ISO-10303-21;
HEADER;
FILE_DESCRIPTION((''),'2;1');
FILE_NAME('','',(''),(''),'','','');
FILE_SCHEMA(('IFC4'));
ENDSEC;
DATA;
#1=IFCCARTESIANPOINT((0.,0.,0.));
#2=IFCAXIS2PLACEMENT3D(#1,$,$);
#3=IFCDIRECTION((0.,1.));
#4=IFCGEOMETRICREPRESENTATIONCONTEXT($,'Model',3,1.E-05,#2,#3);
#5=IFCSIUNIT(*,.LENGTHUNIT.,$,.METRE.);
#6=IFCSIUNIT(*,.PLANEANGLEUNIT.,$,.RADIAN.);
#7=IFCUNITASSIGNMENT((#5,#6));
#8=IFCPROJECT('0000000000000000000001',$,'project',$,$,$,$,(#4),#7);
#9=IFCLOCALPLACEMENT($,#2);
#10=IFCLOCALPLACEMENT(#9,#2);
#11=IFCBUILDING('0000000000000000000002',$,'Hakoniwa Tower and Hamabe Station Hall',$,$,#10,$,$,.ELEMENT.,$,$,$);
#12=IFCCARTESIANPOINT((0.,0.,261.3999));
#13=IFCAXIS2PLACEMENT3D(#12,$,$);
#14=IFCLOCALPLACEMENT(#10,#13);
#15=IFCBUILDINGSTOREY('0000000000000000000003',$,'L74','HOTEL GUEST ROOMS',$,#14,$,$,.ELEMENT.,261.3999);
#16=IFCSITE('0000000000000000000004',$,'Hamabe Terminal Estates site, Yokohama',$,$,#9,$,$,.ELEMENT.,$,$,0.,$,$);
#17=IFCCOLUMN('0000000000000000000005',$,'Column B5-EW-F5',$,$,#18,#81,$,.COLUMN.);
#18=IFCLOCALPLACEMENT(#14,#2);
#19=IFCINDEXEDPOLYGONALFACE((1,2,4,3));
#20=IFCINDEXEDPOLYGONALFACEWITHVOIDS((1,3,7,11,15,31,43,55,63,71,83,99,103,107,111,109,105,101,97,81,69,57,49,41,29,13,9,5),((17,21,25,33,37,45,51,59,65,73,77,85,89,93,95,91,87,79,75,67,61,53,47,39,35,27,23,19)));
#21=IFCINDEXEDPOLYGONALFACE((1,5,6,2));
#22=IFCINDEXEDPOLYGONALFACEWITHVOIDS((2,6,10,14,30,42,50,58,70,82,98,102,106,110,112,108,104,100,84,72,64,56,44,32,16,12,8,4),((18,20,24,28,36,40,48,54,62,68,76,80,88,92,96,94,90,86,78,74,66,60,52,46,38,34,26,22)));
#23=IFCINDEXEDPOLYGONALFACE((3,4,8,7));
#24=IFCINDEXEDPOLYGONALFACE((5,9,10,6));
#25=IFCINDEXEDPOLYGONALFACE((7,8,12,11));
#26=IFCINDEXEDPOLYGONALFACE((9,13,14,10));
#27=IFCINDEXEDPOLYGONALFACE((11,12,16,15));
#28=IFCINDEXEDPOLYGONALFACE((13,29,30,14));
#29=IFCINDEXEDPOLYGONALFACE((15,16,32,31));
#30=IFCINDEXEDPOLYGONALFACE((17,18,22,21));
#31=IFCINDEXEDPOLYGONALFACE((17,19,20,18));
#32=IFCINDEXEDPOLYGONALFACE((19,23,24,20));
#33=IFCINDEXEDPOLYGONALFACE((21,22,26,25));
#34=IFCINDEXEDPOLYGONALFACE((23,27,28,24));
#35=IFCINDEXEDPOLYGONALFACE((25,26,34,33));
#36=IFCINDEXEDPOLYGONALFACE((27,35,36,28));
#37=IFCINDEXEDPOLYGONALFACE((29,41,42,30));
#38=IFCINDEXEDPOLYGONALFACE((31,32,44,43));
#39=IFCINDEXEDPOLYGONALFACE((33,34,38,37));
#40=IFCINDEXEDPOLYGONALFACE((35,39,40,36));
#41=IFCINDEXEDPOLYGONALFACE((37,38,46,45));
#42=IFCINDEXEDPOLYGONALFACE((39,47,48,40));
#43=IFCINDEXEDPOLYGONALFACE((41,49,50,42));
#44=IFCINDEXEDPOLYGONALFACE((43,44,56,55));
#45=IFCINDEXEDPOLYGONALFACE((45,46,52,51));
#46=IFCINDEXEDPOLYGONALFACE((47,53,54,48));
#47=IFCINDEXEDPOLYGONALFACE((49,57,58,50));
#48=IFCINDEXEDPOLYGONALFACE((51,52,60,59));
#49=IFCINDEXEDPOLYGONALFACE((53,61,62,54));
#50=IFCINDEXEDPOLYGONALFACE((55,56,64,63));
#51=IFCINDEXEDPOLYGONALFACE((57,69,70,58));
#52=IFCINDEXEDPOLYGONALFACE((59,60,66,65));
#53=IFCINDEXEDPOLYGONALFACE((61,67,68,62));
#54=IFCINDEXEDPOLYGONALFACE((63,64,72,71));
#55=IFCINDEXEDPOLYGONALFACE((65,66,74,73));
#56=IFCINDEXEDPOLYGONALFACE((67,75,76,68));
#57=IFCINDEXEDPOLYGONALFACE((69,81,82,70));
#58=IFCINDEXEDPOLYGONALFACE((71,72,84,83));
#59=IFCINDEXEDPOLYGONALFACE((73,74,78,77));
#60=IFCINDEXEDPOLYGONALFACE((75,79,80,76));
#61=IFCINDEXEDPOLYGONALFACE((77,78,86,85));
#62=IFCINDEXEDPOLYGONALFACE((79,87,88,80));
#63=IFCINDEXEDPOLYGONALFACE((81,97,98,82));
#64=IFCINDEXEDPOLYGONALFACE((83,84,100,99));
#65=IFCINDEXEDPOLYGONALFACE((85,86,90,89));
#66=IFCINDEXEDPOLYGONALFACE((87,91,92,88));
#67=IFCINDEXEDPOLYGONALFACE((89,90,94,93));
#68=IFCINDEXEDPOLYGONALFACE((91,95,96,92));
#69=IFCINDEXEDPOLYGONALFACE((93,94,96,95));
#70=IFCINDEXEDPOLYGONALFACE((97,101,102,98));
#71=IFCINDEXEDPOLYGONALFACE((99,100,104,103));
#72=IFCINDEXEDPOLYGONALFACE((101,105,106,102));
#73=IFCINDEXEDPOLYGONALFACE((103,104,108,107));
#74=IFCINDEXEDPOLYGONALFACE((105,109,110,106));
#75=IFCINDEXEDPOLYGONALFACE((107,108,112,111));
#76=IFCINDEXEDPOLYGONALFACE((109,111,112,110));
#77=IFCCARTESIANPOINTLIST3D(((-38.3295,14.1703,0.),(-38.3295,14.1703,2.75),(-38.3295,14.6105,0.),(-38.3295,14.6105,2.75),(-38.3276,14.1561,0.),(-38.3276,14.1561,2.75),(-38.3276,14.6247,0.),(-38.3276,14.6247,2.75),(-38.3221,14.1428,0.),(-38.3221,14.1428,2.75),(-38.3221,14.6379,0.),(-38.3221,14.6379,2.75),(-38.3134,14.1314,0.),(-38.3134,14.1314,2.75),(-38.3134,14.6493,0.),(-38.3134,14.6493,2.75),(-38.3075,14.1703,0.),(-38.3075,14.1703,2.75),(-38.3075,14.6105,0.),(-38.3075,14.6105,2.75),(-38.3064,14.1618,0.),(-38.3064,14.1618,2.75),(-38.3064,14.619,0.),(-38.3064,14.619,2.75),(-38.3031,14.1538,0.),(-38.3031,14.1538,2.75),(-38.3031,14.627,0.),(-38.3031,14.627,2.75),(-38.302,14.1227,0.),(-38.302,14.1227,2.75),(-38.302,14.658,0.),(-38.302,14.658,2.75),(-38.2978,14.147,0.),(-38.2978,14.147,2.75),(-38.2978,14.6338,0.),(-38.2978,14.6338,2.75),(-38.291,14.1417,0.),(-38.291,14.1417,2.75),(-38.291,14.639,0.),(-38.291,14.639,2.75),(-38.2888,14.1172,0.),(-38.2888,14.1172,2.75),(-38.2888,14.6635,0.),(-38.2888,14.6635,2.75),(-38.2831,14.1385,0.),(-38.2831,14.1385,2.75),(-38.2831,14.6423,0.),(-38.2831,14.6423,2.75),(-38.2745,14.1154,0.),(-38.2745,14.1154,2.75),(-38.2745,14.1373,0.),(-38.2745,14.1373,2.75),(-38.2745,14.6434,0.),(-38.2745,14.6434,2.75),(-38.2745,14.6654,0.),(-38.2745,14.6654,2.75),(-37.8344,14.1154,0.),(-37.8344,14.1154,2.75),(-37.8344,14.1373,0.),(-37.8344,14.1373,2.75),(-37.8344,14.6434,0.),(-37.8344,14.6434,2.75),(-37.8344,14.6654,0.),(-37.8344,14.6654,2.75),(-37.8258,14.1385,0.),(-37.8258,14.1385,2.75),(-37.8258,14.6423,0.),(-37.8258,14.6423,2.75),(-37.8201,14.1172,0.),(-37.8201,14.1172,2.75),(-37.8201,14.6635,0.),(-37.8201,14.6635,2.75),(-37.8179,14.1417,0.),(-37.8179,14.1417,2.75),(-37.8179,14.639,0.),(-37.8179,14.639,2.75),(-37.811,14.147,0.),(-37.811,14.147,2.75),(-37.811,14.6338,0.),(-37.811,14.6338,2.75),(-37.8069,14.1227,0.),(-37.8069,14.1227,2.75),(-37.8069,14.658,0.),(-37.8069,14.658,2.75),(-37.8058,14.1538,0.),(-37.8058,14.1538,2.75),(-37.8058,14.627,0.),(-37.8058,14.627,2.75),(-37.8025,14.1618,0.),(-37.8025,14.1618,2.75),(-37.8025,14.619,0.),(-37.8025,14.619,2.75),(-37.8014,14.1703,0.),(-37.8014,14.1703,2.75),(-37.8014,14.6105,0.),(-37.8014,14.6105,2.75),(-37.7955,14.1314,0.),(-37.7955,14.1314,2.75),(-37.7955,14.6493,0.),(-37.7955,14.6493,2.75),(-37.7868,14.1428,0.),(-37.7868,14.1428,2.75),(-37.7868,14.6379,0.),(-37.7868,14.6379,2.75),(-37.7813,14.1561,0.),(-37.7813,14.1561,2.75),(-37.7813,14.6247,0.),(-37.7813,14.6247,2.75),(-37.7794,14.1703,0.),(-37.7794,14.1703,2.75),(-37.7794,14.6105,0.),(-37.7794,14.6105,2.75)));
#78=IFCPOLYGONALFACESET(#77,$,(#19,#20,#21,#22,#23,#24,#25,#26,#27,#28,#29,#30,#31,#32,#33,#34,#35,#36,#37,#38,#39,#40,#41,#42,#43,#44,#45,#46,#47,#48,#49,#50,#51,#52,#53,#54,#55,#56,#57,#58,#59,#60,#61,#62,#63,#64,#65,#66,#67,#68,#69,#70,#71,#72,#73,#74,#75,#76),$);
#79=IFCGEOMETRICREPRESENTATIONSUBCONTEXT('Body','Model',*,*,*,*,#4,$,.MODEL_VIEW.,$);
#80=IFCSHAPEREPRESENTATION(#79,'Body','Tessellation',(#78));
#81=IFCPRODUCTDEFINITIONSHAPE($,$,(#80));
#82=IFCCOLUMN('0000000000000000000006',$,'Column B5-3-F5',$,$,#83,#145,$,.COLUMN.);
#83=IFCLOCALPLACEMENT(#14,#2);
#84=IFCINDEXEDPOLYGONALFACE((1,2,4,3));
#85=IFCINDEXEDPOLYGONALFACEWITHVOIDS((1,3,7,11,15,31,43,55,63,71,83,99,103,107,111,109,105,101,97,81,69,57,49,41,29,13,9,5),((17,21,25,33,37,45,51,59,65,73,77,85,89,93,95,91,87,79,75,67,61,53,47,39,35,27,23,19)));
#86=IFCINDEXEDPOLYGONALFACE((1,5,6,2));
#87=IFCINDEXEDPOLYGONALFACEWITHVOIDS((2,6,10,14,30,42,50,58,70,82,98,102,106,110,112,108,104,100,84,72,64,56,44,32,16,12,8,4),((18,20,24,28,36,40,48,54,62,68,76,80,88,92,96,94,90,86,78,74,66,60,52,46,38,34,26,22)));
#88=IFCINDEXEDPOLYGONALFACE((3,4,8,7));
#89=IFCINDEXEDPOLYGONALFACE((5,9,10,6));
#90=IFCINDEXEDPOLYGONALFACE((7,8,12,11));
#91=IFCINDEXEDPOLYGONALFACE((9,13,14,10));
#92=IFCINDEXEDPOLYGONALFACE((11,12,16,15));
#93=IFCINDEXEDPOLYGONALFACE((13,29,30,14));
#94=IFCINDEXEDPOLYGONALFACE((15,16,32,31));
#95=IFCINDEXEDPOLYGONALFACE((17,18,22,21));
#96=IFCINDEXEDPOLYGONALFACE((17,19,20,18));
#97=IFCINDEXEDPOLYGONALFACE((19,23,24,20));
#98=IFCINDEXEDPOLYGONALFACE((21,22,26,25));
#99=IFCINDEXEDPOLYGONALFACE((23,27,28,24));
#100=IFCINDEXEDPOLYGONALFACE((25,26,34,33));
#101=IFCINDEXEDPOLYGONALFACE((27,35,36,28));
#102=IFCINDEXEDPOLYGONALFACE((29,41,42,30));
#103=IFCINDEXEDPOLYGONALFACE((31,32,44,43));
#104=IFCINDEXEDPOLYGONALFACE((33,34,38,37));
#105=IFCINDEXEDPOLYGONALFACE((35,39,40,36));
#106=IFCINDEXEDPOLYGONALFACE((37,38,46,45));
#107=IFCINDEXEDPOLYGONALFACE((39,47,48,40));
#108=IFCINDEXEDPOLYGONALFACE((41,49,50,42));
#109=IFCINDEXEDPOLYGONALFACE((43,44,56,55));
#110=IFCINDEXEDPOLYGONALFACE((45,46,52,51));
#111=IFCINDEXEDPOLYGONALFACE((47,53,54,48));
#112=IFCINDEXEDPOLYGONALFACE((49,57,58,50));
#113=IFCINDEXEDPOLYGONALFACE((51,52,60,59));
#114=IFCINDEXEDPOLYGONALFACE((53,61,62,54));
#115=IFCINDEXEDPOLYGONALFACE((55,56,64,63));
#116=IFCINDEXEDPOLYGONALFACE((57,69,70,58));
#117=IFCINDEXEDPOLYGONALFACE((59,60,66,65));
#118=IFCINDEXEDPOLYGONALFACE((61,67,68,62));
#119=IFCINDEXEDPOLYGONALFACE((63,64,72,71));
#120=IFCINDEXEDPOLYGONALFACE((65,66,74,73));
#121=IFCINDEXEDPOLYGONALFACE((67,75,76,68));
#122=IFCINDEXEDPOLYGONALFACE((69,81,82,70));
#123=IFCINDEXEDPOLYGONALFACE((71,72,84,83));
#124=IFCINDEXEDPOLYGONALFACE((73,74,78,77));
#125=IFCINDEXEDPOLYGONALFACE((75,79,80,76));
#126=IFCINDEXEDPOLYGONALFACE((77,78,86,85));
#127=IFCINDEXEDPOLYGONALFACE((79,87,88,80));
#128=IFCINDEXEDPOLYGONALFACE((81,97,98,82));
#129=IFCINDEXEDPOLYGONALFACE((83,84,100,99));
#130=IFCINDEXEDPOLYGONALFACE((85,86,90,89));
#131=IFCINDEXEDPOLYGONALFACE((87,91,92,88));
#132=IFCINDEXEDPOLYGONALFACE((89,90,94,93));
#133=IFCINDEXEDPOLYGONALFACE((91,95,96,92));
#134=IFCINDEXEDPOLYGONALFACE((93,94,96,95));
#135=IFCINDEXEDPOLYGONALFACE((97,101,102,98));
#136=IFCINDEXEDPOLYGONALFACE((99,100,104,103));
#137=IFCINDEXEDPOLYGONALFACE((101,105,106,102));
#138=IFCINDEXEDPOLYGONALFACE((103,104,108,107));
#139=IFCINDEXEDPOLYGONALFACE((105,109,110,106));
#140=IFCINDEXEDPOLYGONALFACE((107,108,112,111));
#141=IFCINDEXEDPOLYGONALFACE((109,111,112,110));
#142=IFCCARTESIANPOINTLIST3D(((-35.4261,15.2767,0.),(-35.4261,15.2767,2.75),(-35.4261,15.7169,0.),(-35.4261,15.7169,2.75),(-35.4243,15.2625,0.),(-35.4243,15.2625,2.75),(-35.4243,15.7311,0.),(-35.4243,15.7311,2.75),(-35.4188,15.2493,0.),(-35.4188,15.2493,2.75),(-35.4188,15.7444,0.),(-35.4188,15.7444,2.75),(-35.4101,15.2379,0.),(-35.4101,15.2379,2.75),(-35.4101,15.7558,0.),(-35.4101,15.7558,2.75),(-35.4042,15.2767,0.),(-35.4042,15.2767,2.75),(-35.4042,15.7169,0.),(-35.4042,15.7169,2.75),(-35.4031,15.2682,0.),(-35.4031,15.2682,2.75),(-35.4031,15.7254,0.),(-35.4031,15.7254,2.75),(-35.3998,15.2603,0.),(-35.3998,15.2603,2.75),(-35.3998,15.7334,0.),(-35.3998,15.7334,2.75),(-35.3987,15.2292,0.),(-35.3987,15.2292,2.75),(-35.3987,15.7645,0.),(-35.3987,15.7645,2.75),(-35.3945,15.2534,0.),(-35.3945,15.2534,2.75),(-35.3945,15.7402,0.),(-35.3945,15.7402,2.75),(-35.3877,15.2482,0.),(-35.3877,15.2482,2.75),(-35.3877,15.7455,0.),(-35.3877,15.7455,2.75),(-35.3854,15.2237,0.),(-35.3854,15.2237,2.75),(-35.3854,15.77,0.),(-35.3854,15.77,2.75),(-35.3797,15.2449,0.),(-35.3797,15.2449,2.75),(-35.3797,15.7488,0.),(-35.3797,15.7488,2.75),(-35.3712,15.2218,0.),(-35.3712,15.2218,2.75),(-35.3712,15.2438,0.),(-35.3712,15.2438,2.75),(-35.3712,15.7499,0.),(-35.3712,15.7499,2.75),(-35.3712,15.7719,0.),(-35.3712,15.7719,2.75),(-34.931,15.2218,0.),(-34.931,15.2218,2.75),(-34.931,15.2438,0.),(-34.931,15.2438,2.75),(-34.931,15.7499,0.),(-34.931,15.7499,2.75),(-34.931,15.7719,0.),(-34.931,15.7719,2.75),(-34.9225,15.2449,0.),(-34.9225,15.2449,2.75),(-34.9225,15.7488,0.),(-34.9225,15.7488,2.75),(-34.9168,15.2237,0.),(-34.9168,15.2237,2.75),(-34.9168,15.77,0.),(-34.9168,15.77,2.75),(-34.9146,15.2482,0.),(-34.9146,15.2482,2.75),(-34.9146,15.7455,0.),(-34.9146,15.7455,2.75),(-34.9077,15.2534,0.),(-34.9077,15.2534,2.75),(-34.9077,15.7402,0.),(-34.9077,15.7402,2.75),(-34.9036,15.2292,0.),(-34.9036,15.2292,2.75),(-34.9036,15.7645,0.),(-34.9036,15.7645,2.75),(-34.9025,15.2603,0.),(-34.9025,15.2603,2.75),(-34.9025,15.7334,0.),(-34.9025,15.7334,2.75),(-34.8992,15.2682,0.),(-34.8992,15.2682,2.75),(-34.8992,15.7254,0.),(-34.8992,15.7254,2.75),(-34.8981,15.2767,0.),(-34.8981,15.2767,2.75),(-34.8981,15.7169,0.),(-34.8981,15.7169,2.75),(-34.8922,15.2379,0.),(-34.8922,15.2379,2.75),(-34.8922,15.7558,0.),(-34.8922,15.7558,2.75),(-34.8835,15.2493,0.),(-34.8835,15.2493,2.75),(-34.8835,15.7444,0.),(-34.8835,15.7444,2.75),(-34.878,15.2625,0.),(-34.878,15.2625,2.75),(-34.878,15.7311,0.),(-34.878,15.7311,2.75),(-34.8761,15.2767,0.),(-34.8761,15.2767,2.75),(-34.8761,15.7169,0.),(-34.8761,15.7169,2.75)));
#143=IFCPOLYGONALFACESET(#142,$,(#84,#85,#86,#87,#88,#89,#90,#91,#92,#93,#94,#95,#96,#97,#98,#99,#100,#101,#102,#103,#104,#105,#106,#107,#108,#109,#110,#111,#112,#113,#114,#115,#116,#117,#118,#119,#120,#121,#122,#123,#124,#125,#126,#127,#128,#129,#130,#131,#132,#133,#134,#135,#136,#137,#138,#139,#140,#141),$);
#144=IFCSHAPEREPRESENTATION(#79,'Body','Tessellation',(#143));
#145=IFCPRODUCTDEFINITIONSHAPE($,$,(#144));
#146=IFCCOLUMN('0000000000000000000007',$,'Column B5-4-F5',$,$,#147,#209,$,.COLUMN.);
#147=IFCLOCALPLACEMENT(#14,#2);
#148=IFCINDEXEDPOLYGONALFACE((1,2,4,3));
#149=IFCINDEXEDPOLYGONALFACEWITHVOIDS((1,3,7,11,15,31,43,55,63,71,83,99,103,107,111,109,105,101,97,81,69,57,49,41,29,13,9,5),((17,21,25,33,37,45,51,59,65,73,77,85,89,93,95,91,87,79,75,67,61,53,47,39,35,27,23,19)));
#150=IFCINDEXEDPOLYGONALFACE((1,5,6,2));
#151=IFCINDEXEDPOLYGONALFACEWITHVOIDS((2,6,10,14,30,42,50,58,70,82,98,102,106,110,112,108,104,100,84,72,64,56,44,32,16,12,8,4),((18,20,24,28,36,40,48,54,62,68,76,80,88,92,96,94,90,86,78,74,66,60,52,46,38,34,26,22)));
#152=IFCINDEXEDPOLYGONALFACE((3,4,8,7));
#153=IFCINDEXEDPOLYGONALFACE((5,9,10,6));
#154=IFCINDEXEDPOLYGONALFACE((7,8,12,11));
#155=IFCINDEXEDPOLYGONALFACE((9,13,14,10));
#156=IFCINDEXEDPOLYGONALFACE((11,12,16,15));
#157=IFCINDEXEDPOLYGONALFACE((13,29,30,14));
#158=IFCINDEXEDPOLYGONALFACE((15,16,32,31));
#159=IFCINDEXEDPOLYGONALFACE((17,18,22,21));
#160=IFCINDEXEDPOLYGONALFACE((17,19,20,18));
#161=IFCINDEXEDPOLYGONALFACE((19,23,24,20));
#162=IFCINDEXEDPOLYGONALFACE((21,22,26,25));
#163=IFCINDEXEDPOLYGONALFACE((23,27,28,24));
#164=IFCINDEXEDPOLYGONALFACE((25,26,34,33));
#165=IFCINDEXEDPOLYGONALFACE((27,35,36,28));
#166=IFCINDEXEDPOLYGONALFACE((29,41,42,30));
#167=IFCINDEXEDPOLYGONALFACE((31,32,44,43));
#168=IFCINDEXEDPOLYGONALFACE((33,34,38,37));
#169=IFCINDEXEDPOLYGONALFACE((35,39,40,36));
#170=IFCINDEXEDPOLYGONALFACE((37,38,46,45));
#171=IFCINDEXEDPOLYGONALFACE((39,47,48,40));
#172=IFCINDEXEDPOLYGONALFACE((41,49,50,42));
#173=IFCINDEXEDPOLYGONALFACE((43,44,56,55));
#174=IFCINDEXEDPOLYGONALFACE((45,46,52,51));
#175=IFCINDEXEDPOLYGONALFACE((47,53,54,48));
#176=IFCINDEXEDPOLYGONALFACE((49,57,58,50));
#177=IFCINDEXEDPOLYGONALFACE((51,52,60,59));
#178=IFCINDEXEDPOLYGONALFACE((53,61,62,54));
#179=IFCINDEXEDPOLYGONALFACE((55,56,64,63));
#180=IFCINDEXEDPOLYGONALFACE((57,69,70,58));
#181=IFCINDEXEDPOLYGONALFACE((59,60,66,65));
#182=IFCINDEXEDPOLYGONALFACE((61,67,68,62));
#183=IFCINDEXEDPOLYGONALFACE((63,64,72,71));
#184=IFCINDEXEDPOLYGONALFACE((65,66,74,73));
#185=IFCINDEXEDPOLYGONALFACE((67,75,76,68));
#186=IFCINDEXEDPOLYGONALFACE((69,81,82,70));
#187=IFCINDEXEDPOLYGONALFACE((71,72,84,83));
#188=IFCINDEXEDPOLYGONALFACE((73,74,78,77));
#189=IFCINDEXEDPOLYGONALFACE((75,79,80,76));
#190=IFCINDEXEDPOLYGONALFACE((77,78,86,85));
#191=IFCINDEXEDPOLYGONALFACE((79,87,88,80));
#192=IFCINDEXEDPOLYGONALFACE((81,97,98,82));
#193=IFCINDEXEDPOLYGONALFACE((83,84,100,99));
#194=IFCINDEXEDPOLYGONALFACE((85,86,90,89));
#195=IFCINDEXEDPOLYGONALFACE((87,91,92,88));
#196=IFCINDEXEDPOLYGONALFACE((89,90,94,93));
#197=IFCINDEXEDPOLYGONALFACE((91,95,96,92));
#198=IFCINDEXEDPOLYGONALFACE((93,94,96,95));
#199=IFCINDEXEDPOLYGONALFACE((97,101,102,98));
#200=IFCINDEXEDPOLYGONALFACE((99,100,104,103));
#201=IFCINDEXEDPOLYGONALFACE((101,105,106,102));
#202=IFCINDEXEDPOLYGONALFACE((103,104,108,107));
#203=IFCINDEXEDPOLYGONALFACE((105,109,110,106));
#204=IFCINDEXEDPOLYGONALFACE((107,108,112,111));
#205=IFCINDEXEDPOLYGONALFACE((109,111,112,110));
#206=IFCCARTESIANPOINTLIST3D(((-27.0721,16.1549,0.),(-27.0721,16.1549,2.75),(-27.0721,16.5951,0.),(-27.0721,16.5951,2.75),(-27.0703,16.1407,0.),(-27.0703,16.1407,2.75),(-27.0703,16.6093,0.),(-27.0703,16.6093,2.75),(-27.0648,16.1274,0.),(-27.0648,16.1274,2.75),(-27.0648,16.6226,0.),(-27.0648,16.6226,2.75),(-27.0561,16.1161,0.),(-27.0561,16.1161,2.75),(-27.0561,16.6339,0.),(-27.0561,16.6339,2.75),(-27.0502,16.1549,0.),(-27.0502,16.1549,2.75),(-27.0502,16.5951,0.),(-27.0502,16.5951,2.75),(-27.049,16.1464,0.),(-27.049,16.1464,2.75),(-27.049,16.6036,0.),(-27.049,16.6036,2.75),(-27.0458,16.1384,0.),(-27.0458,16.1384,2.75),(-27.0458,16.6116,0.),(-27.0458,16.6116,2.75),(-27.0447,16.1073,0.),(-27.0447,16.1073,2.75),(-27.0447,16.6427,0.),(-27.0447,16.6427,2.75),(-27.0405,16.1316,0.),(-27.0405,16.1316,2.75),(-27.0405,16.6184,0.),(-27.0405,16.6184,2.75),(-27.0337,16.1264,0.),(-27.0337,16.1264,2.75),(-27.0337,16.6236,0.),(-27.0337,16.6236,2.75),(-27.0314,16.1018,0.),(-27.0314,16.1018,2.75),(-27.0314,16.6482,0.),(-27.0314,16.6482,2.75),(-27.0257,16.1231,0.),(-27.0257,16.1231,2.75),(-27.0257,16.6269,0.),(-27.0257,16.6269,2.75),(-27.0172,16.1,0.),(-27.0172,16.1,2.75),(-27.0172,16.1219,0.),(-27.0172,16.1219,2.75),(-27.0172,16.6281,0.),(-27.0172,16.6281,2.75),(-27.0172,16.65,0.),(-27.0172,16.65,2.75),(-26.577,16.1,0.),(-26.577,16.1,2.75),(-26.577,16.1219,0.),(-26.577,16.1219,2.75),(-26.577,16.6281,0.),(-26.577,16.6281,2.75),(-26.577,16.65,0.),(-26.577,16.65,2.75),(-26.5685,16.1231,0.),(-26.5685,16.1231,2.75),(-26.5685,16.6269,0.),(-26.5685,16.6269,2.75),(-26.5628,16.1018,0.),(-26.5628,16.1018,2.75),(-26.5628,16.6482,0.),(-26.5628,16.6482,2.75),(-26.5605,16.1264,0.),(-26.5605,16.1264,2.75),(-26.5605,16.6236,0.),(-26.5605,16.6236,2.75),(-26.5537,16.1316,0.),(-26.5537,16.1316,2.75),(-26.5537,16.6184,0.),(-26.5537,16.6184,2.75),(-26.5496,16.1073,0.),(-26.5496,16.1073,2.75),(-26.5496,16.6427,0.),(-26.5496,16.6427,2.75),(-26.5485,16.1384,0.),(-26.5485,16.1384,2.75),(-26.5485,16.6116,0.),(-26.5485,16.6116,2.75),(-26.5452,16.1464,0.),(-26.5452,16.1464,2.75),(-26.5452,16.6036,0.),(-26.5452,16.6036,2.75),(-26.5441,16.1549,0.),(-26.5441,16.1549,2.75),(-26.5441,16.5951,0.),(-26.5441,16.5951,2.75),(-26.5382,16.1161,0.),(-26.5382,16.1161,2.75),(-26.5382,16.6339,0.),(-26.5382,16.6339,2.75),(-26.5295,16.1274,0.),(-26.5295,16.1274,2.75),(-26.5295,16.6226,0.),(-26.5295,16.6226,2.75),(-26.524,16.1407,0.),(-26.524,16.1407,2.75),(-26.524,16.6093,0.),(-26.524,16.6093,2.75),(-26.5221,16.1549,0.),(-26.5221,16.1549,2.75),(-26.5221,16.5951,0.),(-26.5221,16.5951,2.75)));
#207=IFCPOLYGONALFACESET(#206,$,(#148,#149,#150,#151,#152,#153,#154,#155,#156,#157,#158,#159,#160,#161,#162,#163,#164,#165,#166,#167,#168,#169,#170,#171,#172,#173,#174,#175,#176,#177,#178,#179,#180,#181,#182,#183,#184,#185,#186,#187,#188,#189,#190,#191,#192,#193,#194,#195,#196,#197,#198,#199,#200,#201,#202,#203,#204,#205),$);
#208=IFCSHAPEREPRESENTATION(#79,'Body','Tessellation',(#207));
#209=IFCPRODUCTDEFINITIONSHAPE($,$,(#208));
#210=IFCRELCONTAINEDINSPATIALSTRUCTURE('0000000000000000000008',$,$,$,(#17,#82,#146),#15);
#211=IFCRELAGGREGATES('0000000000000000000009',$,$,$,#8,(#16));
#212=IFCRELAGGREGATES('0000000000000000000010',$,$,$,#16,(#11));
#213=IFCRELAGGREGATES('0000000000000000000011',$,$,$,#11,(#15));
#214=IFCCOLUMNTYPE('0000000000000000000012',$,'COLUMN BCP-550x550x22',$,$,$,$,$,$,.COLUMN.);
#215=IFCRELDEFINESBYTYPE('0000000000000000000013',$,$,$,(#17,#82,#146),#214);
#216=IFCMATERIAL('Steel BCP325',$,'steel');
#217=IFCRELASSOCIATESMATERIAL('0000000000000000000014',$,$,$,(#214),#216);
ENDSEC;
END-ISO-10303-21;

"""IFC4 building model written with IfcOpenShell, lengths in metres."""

from ifc_helpers import new_model, si_unit, direction, frame, origin, origin_2d, place, context, subcontext, project, spatial, hollow_rectangle, extrude, material, material_profile, profile_set, type_object, element, save


model = new_model("IFC4")

# Units and contexts
model_context = context("Model", 3, precision=1e-05, world=origin(), true_north=direction((0.0, 1.0)))
body_context = subcontext(model_context, "Body", "Model", "MODEL_VIEW")
ifc_project = project(units=[si_unit("LENGTHUNIT", "METRE"), si_unit("PLANEANGLEUNIT", "RADIAN")], contexts=[model_context])

# Site, building, storey
site_placement = place(None, origin())
site = spatial("IfcSite", under=ifc_project, at=site_placement, Name="Hamabe Terminal Estates site, Yokohama", CompositionType="ELEMENT", RefElevation=0.0)
building_placement = place(site_placement, origin())
building = spatial("IfcBuilding", under=site, at=building_placement, Name="Hakoniwa Tower and Hamabe Station Hall", CompositionType="ELEMENT")
storey_placement = place(building_placement, frame((0.0, 0.0, 261.3999)))
storey = spatial("IfcBuildingStorey", under=building, at=storey_placement, Name="L74", Description="HOTEL GUEST ROOMS", CompositionType="ELEMENT", Elevation=261.3999)

# Columns
ifc_material_1 = material(Name="Steel BCP325", Category="steel")
ifc_material_profile_1 = material_profile(ifc_material_1, hollow_rectangle(XDim=0.55, YDim=0.55, WallThickness=0.022, InnerFilletRadius=0.033, OuterFilletRadius=0.0549, at=origin_2d()), Name="BCP-550x550x22")
ifc_profile_set_1 = profile_set([ifc_material_profile_1], Name="Steel BCP325")
column_type = type_object("IfcColumnType", Name="COLUMN BCP-550x550x22", PredefinedType="COLUMN", material=ifc_profile_set_1)
for number, where, z_axis, x_axis, name in (
    (1, (-38.0544, 14.3904, 0.0), (0.0, 0.0, 1.0), (1.0, 0.0, 0.0), "Column B5-EW-F5"),
    (2, (-35.1511, 15.4968, 0.0), (0.0, 0.0, 1.0), (1.0, 0.0, 0.0), "Column B5-3-F5"),
    (3, (-26.7971, 16.375, 0.0), (0.0, 0.0, 1.0), (1.0, 0.0, 0.0), "Column B5-4-F5"),
):
    element("IfcColumn", number, at=place(storey_placement, frame(where, z_axis=z_axis, x_axis=x_axis)), inside=storey, type_object=column_type, Name=name, PredefinedType="COLUMN", context=body_context, shape_type="SweptSolid", body=[
        extrude(hollow_rectangle(XDim=0.55, YDim=0.55, WallThickness=0.022, InnerFilletRadius=0.033, OuterFilletRadius=0.0549, at=origin_2d()), origin(), (0.0, 0.0, 1.0), 2.75),
    ])

save(model, "model.ifc")
